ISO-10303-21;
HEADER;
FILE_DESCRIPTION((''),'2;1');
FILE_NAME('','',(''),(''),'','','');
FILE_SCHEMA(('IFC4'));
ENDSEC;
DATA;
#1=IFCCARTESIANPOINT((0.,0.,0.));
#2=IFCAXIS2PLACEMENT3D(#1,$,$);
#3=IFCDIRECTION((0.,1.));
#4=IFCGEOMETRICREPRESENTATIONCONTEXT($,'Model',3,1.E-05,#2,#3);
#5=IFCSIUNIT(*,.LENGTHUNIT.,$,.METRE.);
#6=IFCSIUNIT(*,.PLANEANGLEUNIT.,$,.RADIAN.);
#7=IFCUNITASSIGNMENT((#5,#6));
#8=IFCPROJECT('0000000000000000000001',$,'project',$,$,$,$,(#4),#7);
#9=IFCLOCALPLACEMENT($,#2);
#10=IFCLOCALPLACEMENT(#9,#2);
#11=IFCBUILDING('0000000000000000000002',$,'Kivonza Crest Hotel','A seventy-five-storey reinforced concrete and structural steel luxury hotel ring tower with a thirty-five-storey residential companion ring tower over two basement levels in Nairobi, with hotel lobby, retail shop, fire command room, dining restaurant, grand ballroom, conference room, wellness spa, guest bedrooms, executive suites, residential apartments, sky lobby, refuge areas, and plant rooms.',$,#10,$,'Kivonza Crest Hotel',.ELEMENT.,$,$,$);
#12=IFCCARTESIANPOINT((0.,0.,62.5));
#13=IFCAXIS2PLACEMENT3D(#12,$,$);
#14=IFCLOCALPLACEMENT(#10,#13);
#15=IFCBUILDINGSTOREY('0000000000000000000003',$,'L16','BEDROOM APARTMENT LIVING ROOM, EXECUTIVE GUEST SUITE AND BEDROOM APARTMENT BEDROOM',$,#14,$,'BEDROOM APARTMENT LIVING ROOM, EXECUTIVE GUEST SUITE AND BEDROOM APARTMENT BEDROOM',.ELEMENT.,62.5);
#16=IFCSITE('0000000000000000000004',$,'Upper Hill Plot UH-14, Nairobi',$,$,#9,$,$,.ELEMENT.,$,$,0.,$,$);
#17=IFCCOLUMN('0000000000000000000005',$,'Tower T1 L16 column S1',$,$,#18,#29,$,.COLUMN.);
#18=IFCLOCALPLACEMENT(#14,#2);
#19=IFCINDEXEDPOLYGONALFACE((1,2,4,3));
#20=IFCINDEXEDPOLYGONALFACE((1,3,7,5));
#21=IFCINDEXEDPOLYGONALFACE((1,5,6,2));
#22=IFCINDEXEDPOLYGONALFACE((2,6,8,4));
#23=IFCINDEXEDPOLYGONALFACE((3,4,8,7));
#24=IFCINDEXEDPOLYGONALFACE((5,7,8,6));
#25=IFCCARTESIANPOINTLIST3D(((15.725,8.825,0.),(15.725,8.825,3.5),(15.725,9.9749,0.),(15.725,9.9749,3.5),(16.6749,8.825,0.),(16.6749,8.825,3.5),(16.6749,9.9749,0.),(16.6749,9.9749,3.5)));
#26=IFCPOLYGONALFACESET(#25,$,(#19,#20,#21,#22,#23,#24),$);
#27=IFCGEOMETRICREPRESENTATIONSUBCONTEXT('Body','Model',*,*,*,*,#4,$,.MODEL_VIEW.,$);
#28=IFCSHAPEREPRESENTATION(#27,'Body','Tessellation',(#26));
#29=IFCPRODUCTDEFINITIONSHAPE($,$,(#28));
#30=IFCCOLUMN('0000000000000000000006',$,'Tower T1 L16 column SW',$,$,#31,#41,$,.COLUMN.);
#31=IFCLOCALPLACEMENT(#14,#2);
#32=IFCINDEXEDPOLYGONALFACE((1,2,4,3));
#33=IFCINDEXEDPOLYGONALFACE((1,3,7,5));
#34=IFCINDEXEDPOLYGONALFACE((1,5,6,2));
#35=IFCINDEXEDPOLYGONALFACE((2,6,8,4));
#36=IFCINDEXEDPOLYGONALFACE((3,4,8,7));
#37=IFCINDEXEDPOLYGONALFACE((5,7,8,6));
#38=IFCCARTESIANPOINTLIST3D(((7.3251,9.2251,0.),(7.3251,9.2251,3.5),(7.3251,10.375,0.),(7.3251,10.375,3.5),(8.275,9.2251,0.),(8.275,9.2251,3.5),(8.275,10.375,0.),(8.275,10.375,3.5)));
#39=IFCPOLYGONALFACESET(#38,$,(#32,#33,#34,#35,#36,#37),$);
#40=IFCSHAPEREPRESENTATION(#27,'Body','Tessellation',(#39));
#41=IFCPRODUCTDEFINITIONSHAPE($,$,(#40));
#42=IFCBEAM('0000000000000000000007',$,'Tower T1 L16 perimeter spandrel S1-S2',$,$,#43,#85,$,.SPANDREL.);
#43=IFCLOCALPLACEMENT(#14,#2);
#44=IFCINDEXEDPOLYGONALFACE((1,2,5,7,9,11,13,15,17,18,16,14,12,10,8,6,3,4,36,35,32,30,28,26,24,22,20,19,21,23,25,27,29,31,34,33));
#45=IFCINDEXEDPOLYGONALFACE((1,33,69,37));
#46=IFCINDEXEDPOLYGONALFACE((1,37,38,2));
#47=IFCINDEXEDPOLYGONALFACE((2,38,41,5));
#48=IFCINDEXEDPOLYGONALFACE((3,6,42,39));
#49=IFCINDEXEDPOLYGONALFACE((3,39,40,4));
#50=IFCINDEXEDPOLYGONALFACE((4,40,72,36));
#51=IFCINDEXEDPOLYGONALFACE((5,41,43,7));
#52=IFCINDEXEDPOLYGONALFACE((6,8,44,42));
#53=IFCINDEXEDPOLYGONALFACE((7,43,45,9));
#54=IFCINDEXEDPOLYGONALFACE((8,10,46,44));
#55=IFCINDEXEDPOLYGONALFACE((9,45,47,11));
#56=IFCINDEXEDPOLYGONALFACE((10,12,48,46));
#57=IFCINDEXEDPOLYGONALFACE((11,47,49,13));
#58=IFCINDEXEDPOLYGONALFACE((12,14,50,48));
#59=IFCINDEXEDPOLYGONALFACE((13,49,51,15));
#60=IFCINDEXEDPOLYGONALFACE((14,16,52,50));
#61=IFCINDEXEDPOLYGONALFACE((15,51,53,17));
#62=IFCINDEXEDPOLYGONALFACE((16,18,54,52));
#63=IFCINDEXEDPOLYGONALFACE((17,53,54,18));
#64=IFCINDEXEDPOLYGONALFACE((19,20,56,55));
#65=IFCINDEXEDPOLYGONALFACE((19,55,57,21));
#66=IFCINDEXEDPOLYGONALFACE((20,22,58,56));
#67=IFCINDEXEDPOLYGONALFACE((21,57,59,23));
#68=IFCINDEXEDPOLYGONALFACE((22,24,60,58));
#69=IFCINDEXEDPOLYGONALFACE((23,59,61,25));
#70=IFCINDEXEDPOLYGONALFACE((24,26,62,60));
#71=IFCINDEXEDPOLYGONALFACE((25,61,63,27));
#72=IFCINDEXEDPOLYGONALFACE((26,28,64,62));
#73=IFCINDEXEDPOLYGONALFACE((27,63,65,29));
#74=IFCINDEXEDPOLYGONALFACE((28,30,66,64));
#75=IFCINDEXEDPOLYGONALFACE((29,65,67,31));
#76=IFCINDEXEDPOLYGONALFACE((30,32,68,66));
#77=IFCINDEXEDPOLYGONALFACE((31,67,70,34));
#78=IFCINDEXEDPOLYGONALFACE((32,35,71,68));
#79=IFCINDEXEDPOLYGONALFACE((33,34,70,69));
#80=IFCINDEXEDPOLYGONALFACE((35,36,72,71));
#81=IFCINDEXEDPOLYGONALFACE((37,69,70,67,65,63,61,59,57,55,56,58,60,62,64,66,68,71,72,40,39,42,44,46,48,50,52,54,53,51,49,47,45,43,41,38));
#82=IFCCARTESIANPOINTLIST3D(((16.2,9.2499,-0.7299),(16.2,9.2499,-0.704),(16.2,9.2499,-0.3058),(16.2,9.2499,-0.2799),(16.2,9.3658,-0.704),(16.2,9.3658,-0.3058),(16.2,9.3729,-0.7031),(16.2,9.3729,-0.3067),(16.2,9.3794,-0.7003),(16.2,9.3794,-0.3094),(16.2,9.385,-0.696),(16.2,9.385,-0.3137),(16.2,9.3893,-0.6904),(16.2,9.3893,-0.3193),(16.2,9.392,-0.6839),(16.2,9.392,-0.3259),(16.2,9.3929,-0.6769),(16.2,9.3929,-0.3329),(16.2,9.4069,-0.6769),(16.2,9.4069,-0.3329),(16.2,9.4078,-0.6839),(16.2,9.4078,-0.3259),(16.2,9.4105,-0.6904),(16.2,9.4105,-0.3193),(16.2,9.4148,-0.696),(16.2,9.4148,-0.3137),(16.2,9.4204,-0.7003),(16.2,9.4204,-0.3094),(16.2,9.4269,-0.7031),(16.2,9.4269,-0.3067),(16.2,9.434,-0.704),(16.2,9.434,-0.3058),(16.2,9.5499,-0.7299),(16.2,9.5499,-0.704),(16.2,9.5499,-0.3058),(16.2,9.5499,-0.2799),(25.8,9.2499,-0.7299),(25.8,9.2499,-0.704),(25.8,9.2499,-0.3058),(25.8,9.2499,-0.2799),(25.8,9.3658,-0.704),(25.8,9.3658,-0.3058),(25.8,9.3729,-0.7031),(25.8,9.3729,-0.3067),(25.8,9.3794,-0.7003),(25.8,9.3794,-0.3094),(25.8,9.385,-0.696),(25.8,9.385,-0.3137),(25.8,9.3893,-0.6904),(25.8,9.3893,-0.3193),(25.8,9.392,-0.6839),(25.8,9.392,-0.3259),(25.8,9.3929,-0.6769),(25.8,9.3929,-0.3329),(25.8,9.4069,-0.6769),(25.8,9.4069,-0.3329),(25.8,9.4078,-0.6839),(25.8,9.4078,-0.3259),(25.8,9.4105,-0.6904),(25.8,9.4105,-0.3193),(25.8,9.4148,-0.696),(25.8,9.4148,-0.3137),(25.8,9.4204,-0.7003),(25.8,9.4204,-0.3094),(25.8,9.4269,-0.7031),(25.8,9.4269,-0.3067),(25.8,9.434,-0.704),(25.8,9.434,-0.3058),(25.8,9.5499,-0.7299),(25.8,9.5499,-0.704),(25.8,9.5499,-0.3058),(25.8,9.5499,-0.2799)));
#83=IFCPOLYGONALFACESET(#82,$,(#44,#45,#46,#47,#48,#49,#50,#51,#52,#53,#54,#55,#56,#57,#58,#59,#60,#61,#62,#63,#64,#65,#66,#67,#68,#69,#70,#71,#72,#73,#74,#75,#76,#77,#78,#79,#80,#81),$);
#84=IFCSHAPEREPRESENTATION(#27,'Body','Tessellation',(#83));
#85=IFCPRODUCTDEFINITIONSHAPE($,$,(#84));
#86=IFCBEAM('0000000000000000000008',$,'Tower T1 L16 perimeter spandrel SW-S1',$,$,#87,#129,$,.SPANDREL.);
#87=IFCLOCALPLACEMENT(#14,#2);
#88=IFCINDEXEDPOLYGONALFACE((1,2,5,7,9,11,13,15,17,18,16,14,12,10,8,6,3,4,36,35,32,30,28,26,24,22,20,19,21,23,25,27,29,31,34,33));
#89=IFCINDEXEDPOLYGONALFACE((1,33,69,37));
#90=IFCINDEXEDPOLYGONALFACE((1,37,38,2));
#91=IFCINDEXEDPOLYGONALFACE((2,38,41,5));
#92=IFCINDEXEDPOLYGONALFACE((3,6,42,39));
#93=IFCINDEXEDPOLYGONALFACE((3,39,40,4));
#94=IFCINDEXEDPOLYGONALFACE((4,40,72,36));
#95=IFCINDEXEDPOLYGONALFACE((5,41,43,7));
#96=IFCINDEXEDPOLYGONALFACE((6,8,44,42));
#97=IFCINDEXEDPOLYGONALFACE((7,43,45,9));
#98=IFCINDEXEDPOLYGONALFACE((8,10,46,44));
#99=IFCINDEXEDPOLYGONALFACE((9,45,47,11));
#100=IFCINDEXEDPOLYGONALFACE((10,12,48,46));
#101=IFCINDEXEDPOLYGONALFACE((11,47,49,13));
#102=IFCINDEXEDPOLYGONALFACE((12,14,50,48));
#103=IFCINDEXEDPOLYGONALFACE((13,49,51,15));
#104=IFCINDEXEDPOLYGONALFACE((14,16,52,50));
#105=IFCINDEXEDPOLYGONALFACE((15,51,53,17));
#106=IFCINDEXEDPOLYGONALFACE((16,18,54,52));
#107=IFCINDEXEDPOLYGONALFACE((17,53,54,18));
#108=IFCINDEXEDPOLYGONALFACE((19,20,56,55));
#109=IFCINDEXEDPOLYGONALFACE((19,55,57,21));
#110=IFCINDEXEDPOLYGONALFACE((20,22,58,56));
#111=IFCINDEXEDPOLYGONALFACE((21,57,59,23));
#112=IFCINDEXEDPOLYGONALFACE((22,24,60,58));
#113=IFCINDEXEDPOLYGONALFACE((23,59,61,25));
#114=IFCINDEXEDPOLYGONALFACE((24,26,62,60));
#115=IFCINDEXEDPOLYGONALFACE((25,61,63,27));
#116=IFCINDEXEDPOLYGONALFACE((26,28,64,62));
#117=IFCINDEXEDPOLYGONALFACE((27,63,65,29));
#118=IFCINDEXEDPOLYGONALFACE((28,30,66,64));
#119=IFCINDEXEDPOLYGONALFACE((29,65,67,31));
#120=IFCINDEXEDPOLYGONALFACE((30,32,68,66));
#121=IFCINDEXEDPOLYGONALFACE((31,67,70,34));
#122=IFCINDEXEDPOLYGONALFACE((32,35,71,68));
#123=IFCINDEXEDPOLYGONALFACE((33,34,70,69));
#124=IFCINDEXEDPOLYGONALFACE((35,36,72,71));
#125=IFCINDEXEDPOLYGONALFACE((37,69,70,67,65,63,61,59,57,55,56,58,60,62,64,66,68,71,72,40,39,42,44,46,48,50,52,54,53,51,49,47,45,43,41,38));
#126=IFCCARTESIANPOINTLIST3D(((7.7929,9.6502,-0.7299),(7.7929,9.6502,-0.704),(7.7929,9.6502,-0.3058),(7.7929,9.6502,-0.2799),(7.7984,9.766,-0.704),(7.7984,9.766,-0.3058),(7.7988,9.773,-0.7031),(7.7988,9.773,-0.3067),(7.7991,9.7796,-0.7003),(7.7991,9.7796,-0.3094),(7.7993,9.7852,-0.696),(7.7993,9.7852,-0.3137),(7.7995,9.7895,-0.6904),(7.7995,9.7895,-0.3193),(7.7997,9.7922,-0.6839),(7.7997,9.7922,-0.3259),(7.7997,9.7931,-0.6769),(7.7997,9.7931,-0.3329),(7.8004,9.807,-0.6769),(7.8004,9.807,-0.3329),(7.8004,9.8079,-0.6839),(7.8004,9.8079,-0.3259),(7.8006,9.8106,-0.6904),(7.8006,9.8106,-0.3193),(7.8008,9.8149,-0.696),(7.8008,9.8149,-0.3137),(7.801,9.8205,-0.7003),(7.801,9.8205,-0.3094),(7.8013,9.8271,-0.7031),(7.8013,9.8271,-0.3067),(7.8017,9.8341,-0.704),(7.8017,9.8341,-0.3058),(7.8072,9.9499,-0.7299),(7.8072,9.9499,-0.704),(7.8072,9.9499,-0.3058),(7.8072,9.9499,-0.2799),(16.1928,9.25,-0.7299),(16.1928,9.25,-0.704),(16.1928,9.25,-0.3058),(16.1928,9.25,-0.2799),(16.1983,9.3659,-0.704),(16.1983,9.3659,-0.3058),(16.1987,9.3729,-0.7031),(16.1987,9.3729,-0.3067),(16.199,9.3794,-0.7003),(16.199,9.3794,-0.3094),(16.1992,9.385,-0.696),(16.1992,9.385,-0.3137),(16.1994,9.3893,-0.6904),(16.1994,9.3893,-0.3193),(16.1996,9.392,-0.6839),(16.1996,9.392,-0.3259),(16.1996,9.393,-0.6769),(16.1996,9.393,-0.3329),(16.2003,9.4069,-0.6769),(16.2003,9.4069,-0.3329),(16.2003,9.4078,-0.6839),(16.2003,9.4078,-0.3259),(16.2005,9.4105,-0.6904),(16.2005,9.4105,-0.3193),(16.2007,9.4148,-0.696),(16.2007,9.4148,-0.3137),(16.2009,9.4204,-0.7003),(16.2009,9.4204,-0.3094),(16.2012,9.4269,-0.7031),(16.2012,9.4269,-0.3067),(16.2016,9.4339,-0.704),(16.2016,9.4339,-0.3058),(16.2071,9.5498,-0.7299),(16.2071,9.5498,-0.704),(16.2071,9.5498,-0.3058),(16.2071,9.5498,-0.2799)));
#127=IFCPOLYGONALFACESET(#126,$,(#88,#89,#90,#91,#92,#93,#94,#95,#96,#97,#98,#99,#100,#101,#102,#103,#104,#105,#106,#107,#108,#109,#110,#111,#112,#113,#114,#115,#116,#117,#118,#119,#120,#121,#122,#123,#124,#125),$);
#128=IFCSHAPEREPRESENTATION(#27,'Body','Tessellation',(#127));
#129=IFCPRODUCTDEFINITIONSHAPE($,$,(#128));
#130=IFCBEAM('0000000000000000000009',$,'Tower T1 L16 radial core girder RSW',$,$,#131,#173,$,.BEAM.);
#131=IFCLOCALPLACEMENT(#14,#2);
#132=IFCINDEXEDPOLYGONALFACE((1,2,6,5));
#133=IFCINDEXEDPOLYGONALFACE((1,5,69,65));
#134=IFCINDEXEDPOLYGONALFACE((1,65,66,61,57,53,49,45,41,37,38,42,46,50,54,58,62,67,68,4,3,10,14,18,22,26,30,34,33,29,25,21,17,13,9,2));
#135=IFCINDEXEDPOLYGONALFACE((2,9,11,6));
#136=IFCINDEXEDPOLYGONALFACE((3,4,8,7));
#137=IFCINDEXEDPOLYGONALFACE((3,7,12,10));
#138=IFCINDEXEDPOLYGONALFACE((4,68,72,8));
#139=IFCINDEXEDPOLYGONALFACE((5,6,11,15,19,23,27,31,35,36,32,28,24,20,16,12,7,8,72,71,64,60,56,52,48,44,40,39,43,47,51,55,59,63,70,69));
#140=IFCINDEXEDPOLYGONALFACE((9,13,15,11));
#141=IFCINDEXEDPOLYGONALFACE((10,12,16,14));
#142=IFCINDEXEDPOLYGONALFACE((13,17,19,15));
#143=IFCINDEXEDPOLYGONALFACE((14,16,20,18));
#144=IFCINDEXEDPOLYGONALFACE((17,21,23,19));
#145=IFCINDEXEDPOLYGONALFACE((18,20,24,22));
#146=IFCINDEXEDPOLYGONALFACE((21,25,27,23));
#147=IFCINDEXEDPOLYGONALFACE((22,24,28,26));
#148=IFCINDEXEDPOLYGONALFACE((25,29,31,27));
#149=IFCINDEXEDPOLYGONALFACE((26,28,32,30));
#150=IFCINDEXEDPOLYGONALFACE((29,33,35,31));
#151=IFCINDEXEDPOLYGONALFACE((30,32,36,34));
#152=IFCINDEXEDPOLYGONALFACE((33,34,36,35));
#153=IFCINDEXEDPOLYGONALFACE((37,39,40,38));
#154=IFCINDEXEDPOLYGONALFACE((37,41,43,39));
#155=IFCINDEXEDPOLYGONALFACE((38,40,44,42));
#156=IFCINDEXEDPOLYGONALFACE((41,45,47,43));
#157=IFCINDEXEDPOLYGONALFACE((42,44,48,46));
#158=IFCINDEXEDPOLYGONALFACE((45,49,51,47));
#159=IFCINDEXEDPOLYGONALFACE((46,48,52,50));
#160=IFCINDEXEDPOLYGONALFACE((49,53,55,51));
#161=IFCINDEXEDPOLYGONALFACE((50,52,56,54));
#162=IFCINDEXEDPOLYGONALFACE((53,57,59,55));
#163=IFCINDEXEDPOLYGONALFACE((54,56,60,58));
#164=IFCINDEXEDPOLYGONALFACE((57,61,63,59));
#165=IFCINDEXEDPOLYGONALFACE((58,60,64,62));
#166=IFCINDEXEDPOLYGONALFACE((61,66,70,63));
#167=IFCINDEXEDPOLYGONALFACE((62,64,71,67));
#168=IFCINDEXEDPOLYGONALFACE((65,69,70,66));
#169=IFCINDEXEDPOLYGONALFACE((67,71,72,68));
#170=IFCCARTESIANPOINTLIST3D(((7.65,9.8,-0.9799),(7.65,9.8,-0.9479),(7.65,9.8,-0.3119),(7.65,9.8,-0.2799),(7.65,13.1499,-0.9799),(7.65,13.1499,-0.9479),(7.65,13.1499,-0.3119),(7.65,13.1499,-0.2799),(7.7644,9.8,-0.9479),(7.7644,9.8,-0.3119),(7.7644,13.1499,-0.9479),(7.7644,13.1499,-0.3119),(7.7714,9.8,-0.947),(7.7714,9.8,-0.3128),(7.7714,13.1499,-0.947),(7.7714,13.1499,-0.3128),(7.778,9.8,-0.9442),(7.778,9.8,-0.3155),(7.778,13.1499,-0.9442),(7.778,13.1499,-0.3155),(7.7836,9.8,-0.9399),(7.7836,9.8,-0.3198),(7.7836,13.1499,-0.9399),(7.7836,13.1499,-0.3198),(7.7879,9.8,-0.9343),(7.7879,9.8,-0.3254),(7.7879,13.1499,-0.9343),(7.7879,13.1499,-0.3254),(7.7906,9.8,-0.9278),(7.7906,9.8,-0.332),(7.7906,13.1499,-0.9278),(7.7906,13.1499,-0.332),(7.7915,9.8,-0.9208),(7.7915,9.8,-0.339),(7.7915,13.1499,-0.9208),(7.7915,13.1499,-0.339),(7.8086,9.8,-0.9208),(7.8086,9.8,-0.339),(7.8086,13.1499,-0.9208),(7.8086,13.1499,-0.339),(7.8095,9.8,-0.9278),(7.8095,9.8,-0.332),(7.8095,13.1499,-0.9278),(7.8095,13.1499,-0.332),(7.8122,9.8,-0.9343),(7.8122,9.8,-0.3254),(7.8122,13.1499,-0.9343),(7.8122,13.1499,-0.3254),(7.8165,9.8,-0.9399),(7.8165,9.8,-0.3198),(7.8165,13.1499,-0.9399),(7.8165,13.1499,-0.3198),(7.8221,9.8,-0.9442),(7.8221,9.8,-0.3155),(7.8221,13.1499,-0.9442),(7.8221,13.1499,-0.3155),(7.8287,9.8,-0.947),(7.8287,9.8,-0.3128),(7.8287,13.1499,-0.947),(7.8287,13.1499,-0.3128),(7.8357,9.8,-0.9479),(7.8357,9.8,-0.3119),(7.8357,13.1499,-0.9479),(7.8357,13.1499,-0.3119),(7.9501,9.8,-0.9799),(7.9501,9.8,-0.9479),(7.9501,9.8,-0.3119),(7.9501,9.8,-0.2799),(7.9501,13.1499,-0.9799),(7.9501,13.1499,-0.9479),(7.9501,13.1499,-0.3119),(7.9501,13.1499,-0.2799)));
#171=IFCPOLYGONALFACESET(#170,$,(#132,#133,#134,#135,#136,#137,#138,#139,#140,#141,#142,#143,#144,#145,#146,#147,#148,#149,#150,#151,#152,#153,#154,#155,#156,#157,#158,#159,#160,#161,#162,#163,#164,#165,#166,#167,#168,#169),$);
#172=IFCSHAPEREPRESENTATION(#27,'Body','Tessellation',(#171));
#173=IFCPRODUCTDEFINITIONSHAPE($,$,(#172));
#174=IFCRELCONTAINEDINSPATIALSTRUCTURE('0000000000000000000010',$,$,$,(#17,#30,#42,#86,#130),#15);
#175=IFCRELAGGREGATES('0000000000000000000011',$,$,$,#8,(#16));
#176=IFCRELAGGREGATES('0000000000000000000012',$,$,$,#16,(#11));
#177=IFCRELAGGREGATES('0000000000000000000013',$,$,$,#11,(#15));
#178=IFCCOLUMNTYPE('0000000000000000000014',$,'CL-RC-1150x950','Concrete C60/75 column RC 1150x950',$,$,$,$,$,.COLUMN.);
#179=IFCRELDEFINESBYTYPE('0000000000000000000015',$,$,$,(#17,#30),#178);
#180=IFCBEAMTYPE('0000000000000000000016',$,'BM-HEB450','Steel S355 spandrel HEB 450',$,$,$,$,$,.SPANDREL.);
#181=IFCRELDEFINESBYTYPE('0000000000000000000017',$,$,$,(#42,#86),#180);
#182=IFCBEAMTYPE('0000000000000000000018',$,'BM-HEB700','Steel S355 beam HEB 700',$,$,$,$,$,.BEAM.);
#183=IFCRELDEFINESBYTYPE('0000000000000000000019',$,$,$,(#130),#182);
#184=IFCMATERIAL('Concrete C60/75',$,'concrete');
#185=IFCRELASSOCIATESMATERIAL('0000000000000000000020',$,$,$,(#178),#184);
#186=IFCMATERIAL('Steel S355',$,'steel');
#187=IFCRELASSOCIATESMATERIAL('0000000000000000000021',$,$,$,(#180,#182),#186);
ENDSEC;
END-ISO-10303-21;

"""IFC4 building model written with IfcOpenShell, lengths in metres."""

from ifc_helpers import new_model, si_unit, direction, frame, origin, origin_2d, place, context, subcontext, project, spatial, rectangle, i_section, extrude, material, material_profile, profile_set, type_object, element, save


model = new_model("IFC4")

# Units and contexts
model_context = context("Model", 3, precision=1e-05, world=origin(), true_north=direction((0.0, 1.0)))
body_context = subcontext(model_context, "Body", "Model", "MODEL_VIEW")
ifc_project = project(units=[si_unit("LENGTHUNIT", "METRE"), si_unit("PLANEANGLEUNIT", "RADIAN")], contexts=[model_context])

# Site, building, storey
site_placement = place(None, origin())
site = spatial("IfcSite", under=ifc_project, at=site_placement, Name="Upper Hill Plot UH-14, Nairobi", CompositionType="ELEMENT", RefElevation=0.0)
building_placement = place(site_placement, origin())
building = spatial("IfcBuilding", under=site, at=building_placement, Name="Kivonza Crest Hotel", Description="A seventy-five-storey reinforced concrete and structural steel luxury hotel ring tower with a thirty-five-storey residential companion ring tower over two basement levels in Nairobi, with hotel lobby, retail shop, fire command room, dining restaurant, grand ballroom, conference room, wellness spa, guest bedrooms, executive suites, residential apartments, sky lobby, refuge areas, and plant rooms.", LongName="Kivonza Crest Hotel", CompositionType="ELEMENT")
storey_placement = place(building_placement, frame((0.0, 0.0, 62.5)))
storey = spatial("IfcBuildingStorey", under=building, at=storey_placement, Name="L16", Description="BEDROOM APARTMENT LIVING ROOM, EXECUTIVE GUEST SUITE AND BEDROOM APARTMENT BEDROOM", LongName="BEDROOM APARTMENT LIVING ROOM, EXECUTIVE GUEST SUITE AND BEDROOM APARTMENT BEDROOM", CompositionType="ELEMENT", Elevation=62.5)

# Columns
ifc_material_1 = material(Name="Concrete C60/75", Category="concrete")
ifc_material_profile_1 = material_profile(ifc_material_1, rectangle(XDim=0.95, YDim=1.1499, at=origin_2d()), Name="RC 1150x950")
ifc_profile_set_1 = profile_set([ifc_material_profile_1], Name="Concrete C60/75")
column_type = type_object("IfcColumnType", Name="CL-RC-1150x950", Description="Concrete C60/75 column RC 1150x950", PredefinedType="COLUMN", material=ifc_profile_set_1)
for number, where, z_axis, x_axis, name in (
    (1, (16.2, 9.3999, 0.0), (0.0, 0.0, 1.0), (1.0, 0.0, 0.0), "Tower T1 L16 column S1"),
    (2, (7.8, 9.8, 0.0), (0.0, 0.0, 1.0), (1.0, 0.0, 0.0), "Tower T1 L16 column SW"),
):
    element("IfcColumn", number, at=place(storey_placement, frame(where, z_axis=z_axis, x_axis=x_axis)), inside=storey, type_object=column_type, Name=name, PredefinedType="COLUMN", context=body_context, shape_type="SweptSolid", body=[
        extrude(rectangle(XDim=0.95, YDim=1.1499, at=origin_2d()), origin(), (0.0, 0.0, 1.0), 3.5),
    ])

# Beams
ifc_material_2 = material(Name="Steel S355", Category="steel")
ifc_material_profile_2 = material_profile(ifc_material_2, i_section(OverallWidth=0.3, OverallDepth=0.45, WebThickness=0.0139, FlangeThickness=0.0259, FilletRadius=0.0271, at=origin_2d()), Name="HEB 450")
ifc_profile_set_2 = profile_set([ifc_material_profile_2], Name="Steel S355")
beam_type_1 = type_object("IfcBeamType", Name="BM-HEB450", Description="Steel S355 spandrel HEB 450", PredefinedType="SPANDREL", material=ifc_profile_set_2)
beam_1_placement = place(storey_placement, frame((16.2, 9.3999, -0.5049), z_axis=(1.0, 0.0, 0.0), x_axis=(0.0, 1.0, 0.0)))
element("IfcBeam", 3, at=beam_1_placement, inside=storey, type_object=beam_type_1, Name="Tower T1 L16 perimeter spandrel S1-S2", PredefinedType="SPANDREL", context=body_context, shape_type="SweptSolid", body=[
    extrude(i_section(OverallWidth=0.3, OverallDepth=0.45, WebThickness=0.0139, FlangeThickness=0.0259, FilletRadius=0.0271, at=origin_2d()), origin(), (0.0, 0.0, 1.0), 9.6001),
])
beam_2_placement = place(storey_placement, frame((7.8, 9.8, -0.5049), z_axis=(0.998867, -0.047583, 0.0), x_axis=(0.047583, 0.998867, 0.0)))
element("IfcBeam", 4, at=beam_2_placement, inside=storey, type_object=beam_type_1, Name="Tower T1 L16 perimeter spandrel SW-S1", PredefinedType="SPANDREL", context=body_context, shape_type="SweptSolid", body=[
    extrude(i_section(OverallWidth=0.3, OverallDepth=0.45, WebThickness=0.0139, FlangeThickness=0.0259, FilletRadius=0.0271, at=origin_2d()), origin(), (0.0, 0.0, 1.0), 8.4094),
])
ifc_material_profile_3 = material_profile(ifc_material_2, i_section(OverallWidth=0.3, OverallDepth=0.7, WebThickness=0.0171, FlangeThickness=0.032, FilletRadius=0.0271, at=origin_2d()), Name="HEB 700")
ifc_profile_set_3 = profile_set([ifc_material_profile_3], Name="Steel S355")
beam_type_2 = type_object("IfcBeamType", Name="BM-HEB700", Description="Steel S355 beam HEB 700", PredefinedType="BEAM", material=ifc_profile_set_3)
beam_3_placement = place(storey_placement, frame((7.8, 9.8, -0.6299), z_axis=(0.0, 1.0, 0.0), x_axis=(-1.0, 0.0, 0.0)))
element("IfcBeam", 5, at=beam_3_placement, inside=storey, type_object=beam_type_2, Name="Tower T1 L16 radial core girder RSW", PredefinedType="BEAM", context=body_context, shape_type="SweptSolid", body=[
    extrude(i_section(OverallWidth=0.3, OverallDepth=0.7, WebThickness=0.0171, FlangeThickness=0.032, FilletRadius=0.0271, at=origin_2d()), origin(), (0.0, 0.0, 1.0), 3.3499),
])

save(model, "model.ifc")
